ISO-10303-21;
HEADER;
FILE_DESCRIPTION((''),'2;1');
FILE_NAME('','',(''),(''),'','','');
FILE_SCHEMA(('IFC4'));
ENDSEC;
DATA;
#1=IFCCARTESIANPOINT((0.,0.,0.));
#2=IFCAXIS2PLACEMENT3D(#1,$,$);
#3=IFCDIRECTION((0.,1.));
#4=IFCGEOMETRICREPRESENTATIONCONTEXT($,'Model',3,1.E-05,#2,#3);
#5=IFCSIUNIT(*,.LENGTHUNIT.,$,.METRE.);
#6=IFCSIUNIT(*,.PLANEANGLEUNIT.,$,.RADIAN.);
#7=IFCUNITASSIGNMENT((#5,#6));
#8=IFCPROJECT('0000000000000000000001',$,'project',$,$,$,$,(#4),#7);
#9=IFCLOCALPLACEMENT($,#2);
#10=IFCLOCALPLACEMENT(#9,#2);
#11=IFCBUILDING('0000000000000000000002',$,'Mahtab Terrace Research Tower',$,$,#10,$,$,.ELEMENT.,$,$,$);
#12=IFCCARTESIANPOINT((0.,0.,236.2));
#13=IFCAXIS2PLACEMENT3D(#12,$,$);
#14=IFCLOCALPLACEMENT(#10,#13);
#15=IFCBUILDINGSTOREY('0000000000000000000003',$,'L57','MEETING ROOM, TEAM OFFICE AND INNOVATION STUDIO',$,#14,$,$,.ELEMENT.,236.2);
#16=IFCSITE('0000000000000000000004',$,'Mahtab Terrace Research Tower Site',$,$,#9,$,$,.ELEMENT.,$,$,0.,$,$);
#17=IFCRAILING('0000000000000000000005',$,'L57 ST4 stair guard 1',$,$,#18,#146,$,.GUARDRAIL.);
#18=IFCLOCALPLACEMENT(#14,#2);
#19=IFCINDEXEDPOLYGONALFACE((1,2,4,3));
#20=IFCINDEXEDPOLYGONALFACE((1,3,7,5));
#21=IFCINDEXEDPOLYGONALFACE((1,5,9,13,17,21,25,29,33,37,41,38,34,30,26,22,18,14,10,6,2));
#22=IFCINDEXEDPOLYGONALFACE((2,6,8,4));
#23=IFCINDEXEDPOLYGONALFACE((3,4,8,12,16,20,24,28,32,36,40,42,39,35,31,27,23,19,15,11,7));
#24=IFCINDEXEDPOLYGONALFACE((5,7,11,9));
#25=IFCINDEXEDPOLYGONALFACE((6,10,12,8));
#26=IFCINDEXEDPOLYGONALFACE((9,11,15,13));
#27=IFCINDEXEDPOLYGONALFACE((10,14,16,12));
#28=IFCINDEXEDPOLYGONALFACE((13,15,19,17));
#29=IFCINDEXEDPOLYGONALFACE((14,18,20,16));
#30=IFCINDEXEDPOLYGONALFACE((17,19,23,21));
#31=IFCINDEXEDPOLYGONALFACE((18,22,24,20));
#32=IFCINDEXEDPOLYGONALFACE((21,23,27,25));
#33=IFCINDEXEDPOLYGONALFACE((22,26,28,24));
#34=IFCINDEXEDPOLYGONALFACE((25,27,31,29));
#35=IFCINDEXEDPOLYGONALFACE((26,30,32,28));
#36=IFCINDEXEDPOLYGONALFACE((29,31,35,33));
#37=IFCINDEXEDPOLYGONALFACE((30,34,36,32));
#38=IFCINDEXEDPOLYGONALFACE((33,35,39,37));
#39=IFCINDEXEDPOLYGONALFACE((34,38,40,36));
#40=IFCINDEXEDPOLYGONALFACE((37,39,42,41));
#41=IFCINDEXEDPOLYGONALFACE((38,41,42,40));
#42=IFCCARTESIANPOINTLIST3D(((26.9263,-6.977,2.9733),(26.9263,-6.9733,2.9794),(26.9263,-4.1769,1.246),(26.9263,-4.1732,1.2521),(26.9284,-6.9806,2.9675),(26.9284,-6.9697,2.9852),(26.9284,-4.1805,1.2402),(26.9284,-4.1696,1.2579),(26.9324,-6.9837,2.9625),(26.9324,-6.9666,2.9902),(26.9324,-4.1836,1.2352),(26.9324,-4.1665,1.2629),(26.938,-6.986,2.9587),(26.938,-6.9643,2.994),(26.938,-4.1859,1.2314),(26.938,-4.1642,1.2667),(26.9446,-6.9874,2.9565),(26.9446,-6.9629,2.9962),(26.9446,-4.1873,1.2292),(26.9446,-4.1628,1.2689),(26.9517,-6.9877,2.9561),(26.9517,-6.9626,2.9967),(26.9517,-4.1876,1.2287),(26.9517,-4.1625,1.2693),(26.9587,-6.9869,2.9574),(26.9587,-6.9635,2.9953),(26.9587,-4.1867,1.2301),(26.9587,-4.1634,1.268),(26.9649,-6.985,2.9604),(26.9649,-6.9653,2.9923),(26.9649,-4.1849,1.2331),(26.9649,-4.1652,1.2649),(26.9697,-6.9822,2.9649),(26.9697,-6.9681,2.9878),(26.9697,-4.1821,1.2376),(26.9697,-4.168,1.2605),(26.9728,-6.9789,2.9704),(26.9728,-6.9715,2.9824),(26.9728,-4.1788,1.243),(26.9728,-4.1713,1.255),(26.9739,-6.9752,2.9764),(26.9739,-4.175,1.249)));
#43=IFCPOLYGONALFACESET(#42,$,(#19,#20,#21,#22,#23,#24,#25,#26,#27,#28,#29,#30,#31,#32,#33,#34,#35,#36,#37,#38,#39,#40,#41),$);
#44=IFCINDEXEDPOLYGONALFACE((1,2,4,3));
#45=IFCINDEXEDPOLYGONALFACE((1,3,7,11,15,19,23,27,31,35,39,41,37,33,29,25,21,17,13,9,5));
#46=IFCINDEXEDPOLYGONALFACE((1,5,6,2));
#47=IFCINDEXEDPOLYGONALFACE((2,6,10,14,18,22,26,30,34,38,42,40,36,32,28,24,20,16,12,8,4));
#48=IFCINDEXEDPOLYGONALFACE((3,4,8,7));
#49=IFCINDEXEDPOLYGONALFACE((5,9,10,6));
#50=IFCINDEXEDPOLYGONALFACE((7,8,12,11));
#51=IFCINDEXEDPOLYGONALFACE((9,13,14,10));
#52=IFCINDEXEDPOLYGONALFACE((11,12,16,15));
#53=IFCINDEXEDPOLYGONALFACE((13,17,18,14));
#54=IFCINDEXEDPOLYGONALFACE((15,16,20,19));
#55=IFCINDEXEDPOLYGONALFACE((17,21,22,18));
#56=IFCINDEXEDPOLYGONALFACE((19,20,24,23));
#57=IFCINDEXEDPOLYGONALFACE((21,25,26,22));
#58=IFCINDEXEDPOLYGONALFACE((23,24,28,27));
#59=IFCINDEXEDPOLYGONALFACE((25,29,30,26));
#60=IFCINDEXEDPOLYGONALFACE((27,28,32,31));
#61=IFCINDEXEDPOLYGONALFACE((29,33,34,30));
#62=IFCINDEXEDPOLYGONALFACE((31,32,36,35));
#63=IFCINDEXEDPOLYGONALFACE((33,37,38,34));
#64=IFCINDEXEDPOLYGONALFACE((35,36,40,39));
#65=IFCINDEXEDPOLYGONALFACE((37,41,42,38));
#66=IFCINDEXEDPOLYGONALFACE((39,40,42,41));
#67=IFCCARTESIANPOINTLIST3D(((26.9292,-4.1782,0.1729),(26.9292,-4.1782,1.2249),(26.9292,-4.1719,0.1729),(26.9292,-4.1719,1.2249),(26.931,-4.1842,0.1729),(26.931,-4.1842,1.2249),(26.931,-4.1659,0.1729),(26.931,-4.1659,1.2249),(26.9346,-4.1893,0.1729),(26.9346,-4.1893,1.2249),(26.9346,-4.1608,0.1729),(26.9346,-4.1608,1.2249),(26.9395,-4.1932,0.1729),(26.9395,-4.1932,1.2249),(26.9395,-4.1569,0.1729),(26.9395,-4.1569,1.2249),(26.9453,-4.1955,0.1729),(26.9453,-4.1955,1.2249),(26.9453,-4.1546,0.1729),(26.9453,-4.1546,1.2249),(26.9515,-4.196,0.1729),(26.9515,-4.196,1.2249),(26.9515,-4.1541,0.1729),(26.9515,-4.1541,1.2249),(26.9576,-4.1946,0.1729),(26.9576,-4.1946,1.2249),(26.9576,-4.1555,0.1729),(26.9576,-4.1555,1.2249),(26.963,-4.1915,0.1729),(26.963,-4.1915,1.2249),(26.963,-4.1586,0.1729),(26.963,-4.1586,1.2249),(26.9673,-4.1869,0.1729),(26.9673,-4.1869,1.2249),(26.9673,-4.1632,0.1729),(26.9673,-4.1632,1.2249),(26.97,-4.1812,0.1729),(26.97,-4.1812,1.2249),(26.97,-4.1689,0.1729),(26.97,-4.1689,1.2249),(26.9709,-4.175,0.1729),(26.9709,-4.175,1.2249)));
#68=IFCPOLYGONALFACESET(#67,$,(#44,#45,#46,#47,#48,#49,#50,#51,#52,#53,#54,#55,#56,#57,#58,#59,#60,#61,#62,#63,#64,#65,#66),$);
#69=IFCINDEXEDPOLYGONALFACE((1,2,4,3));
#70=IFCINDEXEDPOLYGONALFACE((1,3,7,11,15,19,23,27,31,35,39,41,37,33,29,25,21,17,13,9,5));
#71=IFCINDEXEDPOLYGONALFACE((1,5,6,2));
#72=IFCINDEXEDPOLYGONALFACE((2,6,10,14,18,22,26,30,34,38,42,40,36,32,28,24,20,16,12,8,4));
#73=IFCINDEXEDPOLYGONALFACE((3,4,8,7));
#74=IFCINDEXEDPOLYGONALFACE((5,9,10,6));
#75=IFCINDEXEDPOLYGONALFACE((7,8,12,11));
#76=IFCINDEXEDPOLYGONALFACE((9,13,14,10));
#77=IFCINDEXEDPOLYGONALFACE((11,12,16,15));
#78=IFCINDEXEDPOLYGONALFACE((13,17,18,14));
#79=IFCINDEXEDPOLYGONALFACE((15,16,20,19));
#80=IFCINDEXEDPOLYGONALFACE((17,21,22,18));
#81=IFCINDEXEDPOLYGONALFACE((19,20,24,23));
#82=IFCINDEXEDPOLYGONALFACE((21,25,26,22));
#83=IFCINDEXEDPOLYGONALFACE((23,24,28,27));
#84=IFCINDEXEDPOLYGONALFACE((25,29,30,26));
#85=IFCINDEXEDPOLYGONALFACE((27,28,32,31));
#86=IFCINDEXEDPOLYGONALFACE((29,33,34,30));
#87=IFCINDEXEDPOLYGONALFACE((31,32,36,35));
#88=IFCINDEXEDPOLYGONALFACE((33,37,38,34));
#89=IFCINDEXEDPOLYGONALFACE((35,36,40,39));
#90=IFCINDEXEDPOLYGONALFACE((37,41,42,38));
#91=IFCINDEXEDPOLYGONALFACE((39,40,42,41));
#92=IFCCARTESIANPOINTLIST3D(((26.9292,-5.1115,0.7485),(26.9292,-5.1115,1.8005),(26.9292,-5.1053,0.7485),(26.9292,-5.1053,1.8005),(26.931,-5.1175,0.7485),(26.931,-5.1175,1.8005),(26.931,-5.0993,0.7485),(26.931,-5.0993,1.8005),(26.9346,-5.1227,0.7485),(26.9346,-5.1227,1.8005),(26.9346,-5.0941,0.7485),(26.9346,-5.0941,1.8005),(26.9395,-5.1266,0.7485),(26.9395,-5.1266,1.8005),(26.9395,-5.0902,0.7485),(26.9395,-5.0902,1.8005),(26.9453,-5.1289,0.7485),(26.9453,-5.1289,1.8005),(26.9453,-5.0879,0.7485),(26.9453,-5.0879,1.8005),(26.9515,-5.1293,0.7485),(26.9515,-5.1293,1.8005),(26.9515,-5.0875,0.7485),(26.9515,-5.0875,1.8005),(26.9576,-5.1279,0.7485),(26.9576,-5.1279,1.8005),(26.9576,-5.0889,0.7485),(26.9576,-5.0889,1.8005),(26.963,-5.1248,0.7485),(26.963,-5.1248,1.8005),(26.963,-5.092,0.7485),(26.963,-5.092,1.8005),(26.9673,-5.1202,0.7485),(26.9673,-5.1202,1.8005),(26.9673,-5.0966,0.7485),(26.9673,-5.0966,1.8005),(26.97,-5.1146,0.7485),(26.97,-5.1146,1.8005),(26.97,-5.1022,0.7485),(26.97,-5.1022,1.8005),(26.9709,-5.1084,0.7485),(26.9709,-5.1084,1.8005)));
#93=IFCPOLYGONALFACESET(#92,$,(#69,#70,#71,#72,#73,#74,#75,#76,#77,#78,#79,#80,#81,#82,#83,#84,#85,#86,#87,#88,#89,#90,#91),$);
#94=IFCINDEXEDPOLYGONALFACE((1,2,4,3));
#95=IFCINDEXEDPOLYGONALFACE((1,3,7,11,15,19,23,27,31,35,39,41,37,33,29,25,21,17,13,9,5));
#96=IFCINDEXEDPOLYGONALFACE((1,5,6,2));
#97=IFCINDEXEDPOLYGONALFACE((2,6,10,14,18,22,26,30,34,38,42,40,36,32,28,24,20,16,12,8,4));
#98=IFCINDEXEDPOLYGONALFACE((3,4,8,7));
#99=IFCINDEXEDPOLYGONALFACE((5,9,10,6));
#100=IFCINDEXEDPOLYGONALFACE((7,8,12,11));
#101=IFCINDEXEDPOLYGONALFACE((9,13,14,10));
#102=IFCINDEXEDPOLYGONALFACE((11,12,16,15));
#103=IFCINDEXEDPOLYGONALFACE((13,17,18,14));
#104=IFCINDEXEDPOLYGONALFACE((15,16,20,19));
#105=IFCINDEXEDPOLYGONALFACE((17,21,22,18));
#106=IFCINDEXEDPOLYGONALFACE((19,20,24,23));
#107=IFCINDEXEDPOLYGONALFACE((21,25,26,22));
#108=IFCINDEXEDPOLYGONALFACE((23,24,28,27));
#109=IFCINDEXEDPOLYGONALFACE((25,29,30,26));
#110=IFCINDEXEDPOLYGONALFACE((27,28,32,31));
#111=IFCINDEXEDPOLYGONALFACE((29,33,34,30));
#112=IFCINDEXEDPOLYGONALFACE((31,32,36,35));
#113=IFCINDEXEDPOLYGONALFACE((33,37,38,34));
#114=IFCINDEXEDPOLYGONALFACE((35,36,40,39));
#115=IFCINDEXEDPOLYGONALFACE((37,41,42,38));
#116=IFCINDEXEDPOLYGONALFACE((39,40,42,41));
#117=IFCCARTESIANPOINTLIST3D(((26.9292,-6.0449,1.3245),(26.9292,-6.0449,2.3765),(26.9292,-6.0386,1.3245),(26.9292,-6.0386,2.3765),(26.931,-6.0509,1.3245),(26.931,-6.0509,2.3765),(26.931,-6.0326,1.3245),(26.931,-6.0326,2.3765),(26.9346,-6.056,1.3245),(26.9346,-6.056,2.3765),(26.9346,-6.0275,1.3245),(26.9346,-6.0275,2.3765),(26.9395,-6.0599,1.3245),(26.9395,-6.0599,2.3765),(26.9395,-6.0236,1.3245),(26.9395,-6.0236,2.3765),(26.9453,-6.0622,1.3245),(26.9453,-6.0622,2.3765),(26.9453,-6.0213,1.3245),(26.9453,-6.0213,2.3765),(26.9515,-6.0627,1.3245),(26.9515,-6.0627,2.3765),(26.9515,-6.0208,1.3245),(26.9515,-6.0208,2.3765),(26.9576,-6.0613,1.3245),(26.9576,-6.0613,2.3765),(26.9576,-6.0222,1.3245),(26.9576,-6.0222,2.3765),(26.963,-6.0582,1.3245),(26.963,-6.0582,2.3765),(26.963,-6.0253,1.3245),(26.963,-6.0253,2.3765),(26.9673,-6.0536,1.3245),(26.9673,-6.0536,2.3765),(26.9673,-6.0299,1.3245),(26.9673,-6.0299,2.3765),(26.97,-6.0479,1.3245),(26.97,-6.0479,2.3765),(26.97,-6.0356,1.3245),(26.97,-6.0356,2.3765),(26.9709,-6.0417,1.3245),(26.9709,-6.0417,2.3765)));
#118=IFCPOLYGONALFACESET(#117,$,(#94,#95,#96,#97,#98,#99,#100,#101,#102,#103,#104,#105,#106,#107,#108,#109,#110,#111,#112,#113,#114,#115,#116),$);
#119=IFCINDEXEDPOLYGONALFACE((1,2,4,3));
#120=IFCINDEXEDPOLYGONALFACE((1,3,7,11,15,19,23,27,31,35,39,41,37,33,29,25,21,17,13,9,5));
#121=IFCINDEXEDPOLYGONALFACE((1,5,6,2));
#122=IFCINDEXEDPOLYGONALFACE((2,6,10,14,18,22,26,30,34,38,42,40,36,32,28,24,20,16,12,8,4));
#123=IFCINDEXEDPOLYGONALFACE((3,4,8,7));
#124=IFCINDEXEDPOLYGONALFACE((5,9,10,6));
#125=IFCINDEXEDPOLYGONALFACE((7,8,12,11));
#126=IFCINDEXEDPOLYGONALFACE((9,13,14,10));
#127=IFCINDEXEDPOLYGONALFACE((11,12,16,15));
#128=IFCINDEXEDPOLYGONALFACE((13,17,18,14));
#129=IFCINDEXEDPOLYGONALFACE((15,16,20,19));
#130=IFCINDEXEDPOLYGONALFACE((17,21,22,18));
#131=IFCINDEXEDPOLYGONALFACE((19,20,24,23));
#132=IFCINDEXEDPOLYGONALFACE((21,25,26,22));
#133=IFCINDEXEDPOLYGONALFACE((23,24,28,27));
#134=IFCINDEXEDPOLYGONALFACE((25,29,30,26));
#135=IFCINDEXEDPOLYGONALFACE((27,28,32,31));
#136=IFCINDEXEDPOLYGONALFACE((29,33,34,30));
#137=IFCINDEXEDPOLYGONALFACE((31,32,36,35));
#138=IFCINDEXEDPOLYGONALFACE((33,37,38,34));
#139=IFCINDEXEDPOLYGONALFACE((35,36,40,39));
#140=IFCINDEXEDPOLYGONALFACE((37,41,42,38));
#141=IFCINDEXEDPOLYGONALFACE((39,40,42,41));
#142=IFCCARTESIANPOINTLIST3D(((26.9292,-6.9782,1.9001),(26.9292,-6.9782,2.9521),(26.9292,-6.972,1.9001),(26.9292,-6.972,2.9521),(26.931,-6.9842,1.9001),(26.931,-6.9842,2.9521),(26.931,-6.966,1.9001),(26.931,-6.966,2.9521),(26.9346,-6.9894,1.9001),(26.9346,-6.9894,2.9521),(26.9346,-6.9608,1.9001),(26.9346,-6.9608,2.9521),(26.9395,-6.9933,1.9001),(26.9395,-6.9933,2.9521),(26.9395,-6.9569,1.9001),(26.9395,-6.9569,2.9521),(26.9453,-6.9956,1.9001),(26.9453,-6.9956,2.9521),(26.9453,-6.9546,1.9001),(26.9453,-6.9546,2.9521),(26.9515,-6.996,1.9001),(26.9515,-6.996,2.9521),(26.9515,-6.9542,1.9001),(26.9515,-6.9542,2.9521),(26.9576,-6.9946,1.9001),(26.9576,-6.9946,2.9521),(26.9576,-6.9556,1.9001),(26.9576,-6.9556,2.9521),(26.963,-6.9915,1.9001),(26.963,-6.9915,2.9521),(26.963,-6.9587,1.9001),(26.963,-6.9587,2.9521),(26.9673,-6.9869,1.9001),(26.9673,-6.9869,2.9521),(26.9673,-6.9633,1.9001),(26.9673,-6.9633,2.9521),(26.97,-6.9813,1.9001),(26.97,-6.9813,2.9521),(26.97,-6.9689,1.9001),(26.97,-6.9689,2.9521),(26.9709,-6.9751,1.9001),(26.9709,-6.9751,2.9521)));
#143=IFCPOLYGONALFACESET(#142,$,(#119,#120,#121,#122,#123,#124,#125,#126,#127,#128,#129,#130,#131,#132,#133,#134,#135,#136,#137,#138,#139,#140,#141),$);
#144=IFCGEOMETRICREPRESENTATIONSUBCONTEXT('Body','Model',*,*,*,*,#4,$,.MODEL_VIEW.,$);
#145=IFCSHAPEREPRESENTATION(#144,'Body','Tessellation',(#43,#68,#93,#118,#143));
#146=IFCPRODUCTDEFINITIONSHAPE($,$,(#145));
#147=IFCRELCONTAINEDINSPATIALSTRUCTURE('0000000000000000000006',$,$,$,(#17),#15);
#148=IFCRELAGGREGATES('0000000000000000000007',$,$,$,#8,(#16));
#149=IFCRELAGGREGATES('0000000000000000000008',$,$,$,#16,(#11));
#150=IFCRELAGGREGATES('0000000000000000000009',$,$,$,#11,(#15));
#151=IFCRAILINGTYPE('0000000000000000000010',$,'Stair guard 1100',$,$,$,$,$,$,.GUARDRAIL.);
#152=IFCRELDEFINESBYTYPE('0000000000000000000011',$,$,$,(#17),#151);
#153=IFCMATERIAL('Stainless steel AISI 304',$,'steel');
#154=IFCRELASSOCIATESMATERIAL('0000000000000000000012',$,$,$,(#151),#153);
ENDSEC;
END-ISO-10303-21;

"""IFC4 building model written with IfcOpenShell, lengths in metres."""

from ifc_helpers import new_model, si_unit, direction, frame, origin, origin_2d, place, context, subcontext, project, spatial, circle, extrude, material, type_object, element, save


model = new_model("IFC4")

# Units and contexts
model_context = context("Model", 3, precision=1e-05, world=origin(), true_north=direction((0.0, 1.0)))
body_context = subcontext(model_context, "Body", "Model", "MODEL_VIEW")
ifc_project = project(units=[si_unit("LENGTHUNIT", "METRE"), si_unit("PLANEANGLEUNIT", "RADIAN")], contexts=[model_context])

# Site, building, storey
site_placement = place(None, origin())
site = spatial("IfcSite", under=ifc_project, at=site_placement, Name="Mahtab Terrace Research Tower Site", CompositionType="ELEMENT", RefElevation=0.0)
building_placement = place(site_placement, origin())
building = spatial("IfcBuilding", under=site, at=building_placement, Name="Mahtab Terrace Research Tower", CompositionType="ELEMENT")
storey_placement = place(building_placement, frame((0.0, 0.0, 236.2)))
storey = spatial("IfcBuildingStorey", under=building, at=storey_placement, Name="L57", Description="MEETING ROOM, TEAM OFFICE AND INNOVATION STUDIO", CompositionType="ELEMENT", Elevation=236.2)

# Shared definitions
ifc_material_1 = material(Name="Stainless steel AISI 304", Category="steel")

# Railing
railing_type_1 = type_object("IfcRailingType", Name="Stair guard 1100", PredefinedType="GUARDRAIL", material=ifc_material_1)
railing_1_placement = place(storey_placement, frame((26.95, -4.175, 0.1729)))
element("IfcRailing", 1, at=railing_1_placement, inside=storey, type_object=railing_type_1, Name="L57 ST4 stair guard 1", PredefinedType="GUARDRAIL", context=body_context, shape_type="SweptSolid", body=[
    extrude(circle(Radius=0.0239, at=origin_2d()), frame((0.0, 0.0, 1.0762), z_axis=(0.0, -0.85109, 0.52502), x_axis=(1.0, 0.0, 0.0)), (0.0, 0.0, 1.0), 3.29),
    extrude(circle(Radius=0.021, at=origin_2d()), origin(), (0.0, 0.0, 1.0), 1.052),
    extrude(circle(Radius=0.021, at=origin_2d()), frame((0.0, -0.9333, 0.5757)), (0.0, 0.0, 1.0), 1.052),
    extrude(circle(Radius=0.021, at=origin_2d()), frame((0.0, -1.8667, 1.1516)), (0.0, 0.0, 1.0), 1.052),
    extrude(circle(Radius=0.021, at=origin_2d()), frame((0.0, -2.8, 1.7273)), (0.0, 0.0, 1.0), 1.052),
])

save(model, "model.ifc")
